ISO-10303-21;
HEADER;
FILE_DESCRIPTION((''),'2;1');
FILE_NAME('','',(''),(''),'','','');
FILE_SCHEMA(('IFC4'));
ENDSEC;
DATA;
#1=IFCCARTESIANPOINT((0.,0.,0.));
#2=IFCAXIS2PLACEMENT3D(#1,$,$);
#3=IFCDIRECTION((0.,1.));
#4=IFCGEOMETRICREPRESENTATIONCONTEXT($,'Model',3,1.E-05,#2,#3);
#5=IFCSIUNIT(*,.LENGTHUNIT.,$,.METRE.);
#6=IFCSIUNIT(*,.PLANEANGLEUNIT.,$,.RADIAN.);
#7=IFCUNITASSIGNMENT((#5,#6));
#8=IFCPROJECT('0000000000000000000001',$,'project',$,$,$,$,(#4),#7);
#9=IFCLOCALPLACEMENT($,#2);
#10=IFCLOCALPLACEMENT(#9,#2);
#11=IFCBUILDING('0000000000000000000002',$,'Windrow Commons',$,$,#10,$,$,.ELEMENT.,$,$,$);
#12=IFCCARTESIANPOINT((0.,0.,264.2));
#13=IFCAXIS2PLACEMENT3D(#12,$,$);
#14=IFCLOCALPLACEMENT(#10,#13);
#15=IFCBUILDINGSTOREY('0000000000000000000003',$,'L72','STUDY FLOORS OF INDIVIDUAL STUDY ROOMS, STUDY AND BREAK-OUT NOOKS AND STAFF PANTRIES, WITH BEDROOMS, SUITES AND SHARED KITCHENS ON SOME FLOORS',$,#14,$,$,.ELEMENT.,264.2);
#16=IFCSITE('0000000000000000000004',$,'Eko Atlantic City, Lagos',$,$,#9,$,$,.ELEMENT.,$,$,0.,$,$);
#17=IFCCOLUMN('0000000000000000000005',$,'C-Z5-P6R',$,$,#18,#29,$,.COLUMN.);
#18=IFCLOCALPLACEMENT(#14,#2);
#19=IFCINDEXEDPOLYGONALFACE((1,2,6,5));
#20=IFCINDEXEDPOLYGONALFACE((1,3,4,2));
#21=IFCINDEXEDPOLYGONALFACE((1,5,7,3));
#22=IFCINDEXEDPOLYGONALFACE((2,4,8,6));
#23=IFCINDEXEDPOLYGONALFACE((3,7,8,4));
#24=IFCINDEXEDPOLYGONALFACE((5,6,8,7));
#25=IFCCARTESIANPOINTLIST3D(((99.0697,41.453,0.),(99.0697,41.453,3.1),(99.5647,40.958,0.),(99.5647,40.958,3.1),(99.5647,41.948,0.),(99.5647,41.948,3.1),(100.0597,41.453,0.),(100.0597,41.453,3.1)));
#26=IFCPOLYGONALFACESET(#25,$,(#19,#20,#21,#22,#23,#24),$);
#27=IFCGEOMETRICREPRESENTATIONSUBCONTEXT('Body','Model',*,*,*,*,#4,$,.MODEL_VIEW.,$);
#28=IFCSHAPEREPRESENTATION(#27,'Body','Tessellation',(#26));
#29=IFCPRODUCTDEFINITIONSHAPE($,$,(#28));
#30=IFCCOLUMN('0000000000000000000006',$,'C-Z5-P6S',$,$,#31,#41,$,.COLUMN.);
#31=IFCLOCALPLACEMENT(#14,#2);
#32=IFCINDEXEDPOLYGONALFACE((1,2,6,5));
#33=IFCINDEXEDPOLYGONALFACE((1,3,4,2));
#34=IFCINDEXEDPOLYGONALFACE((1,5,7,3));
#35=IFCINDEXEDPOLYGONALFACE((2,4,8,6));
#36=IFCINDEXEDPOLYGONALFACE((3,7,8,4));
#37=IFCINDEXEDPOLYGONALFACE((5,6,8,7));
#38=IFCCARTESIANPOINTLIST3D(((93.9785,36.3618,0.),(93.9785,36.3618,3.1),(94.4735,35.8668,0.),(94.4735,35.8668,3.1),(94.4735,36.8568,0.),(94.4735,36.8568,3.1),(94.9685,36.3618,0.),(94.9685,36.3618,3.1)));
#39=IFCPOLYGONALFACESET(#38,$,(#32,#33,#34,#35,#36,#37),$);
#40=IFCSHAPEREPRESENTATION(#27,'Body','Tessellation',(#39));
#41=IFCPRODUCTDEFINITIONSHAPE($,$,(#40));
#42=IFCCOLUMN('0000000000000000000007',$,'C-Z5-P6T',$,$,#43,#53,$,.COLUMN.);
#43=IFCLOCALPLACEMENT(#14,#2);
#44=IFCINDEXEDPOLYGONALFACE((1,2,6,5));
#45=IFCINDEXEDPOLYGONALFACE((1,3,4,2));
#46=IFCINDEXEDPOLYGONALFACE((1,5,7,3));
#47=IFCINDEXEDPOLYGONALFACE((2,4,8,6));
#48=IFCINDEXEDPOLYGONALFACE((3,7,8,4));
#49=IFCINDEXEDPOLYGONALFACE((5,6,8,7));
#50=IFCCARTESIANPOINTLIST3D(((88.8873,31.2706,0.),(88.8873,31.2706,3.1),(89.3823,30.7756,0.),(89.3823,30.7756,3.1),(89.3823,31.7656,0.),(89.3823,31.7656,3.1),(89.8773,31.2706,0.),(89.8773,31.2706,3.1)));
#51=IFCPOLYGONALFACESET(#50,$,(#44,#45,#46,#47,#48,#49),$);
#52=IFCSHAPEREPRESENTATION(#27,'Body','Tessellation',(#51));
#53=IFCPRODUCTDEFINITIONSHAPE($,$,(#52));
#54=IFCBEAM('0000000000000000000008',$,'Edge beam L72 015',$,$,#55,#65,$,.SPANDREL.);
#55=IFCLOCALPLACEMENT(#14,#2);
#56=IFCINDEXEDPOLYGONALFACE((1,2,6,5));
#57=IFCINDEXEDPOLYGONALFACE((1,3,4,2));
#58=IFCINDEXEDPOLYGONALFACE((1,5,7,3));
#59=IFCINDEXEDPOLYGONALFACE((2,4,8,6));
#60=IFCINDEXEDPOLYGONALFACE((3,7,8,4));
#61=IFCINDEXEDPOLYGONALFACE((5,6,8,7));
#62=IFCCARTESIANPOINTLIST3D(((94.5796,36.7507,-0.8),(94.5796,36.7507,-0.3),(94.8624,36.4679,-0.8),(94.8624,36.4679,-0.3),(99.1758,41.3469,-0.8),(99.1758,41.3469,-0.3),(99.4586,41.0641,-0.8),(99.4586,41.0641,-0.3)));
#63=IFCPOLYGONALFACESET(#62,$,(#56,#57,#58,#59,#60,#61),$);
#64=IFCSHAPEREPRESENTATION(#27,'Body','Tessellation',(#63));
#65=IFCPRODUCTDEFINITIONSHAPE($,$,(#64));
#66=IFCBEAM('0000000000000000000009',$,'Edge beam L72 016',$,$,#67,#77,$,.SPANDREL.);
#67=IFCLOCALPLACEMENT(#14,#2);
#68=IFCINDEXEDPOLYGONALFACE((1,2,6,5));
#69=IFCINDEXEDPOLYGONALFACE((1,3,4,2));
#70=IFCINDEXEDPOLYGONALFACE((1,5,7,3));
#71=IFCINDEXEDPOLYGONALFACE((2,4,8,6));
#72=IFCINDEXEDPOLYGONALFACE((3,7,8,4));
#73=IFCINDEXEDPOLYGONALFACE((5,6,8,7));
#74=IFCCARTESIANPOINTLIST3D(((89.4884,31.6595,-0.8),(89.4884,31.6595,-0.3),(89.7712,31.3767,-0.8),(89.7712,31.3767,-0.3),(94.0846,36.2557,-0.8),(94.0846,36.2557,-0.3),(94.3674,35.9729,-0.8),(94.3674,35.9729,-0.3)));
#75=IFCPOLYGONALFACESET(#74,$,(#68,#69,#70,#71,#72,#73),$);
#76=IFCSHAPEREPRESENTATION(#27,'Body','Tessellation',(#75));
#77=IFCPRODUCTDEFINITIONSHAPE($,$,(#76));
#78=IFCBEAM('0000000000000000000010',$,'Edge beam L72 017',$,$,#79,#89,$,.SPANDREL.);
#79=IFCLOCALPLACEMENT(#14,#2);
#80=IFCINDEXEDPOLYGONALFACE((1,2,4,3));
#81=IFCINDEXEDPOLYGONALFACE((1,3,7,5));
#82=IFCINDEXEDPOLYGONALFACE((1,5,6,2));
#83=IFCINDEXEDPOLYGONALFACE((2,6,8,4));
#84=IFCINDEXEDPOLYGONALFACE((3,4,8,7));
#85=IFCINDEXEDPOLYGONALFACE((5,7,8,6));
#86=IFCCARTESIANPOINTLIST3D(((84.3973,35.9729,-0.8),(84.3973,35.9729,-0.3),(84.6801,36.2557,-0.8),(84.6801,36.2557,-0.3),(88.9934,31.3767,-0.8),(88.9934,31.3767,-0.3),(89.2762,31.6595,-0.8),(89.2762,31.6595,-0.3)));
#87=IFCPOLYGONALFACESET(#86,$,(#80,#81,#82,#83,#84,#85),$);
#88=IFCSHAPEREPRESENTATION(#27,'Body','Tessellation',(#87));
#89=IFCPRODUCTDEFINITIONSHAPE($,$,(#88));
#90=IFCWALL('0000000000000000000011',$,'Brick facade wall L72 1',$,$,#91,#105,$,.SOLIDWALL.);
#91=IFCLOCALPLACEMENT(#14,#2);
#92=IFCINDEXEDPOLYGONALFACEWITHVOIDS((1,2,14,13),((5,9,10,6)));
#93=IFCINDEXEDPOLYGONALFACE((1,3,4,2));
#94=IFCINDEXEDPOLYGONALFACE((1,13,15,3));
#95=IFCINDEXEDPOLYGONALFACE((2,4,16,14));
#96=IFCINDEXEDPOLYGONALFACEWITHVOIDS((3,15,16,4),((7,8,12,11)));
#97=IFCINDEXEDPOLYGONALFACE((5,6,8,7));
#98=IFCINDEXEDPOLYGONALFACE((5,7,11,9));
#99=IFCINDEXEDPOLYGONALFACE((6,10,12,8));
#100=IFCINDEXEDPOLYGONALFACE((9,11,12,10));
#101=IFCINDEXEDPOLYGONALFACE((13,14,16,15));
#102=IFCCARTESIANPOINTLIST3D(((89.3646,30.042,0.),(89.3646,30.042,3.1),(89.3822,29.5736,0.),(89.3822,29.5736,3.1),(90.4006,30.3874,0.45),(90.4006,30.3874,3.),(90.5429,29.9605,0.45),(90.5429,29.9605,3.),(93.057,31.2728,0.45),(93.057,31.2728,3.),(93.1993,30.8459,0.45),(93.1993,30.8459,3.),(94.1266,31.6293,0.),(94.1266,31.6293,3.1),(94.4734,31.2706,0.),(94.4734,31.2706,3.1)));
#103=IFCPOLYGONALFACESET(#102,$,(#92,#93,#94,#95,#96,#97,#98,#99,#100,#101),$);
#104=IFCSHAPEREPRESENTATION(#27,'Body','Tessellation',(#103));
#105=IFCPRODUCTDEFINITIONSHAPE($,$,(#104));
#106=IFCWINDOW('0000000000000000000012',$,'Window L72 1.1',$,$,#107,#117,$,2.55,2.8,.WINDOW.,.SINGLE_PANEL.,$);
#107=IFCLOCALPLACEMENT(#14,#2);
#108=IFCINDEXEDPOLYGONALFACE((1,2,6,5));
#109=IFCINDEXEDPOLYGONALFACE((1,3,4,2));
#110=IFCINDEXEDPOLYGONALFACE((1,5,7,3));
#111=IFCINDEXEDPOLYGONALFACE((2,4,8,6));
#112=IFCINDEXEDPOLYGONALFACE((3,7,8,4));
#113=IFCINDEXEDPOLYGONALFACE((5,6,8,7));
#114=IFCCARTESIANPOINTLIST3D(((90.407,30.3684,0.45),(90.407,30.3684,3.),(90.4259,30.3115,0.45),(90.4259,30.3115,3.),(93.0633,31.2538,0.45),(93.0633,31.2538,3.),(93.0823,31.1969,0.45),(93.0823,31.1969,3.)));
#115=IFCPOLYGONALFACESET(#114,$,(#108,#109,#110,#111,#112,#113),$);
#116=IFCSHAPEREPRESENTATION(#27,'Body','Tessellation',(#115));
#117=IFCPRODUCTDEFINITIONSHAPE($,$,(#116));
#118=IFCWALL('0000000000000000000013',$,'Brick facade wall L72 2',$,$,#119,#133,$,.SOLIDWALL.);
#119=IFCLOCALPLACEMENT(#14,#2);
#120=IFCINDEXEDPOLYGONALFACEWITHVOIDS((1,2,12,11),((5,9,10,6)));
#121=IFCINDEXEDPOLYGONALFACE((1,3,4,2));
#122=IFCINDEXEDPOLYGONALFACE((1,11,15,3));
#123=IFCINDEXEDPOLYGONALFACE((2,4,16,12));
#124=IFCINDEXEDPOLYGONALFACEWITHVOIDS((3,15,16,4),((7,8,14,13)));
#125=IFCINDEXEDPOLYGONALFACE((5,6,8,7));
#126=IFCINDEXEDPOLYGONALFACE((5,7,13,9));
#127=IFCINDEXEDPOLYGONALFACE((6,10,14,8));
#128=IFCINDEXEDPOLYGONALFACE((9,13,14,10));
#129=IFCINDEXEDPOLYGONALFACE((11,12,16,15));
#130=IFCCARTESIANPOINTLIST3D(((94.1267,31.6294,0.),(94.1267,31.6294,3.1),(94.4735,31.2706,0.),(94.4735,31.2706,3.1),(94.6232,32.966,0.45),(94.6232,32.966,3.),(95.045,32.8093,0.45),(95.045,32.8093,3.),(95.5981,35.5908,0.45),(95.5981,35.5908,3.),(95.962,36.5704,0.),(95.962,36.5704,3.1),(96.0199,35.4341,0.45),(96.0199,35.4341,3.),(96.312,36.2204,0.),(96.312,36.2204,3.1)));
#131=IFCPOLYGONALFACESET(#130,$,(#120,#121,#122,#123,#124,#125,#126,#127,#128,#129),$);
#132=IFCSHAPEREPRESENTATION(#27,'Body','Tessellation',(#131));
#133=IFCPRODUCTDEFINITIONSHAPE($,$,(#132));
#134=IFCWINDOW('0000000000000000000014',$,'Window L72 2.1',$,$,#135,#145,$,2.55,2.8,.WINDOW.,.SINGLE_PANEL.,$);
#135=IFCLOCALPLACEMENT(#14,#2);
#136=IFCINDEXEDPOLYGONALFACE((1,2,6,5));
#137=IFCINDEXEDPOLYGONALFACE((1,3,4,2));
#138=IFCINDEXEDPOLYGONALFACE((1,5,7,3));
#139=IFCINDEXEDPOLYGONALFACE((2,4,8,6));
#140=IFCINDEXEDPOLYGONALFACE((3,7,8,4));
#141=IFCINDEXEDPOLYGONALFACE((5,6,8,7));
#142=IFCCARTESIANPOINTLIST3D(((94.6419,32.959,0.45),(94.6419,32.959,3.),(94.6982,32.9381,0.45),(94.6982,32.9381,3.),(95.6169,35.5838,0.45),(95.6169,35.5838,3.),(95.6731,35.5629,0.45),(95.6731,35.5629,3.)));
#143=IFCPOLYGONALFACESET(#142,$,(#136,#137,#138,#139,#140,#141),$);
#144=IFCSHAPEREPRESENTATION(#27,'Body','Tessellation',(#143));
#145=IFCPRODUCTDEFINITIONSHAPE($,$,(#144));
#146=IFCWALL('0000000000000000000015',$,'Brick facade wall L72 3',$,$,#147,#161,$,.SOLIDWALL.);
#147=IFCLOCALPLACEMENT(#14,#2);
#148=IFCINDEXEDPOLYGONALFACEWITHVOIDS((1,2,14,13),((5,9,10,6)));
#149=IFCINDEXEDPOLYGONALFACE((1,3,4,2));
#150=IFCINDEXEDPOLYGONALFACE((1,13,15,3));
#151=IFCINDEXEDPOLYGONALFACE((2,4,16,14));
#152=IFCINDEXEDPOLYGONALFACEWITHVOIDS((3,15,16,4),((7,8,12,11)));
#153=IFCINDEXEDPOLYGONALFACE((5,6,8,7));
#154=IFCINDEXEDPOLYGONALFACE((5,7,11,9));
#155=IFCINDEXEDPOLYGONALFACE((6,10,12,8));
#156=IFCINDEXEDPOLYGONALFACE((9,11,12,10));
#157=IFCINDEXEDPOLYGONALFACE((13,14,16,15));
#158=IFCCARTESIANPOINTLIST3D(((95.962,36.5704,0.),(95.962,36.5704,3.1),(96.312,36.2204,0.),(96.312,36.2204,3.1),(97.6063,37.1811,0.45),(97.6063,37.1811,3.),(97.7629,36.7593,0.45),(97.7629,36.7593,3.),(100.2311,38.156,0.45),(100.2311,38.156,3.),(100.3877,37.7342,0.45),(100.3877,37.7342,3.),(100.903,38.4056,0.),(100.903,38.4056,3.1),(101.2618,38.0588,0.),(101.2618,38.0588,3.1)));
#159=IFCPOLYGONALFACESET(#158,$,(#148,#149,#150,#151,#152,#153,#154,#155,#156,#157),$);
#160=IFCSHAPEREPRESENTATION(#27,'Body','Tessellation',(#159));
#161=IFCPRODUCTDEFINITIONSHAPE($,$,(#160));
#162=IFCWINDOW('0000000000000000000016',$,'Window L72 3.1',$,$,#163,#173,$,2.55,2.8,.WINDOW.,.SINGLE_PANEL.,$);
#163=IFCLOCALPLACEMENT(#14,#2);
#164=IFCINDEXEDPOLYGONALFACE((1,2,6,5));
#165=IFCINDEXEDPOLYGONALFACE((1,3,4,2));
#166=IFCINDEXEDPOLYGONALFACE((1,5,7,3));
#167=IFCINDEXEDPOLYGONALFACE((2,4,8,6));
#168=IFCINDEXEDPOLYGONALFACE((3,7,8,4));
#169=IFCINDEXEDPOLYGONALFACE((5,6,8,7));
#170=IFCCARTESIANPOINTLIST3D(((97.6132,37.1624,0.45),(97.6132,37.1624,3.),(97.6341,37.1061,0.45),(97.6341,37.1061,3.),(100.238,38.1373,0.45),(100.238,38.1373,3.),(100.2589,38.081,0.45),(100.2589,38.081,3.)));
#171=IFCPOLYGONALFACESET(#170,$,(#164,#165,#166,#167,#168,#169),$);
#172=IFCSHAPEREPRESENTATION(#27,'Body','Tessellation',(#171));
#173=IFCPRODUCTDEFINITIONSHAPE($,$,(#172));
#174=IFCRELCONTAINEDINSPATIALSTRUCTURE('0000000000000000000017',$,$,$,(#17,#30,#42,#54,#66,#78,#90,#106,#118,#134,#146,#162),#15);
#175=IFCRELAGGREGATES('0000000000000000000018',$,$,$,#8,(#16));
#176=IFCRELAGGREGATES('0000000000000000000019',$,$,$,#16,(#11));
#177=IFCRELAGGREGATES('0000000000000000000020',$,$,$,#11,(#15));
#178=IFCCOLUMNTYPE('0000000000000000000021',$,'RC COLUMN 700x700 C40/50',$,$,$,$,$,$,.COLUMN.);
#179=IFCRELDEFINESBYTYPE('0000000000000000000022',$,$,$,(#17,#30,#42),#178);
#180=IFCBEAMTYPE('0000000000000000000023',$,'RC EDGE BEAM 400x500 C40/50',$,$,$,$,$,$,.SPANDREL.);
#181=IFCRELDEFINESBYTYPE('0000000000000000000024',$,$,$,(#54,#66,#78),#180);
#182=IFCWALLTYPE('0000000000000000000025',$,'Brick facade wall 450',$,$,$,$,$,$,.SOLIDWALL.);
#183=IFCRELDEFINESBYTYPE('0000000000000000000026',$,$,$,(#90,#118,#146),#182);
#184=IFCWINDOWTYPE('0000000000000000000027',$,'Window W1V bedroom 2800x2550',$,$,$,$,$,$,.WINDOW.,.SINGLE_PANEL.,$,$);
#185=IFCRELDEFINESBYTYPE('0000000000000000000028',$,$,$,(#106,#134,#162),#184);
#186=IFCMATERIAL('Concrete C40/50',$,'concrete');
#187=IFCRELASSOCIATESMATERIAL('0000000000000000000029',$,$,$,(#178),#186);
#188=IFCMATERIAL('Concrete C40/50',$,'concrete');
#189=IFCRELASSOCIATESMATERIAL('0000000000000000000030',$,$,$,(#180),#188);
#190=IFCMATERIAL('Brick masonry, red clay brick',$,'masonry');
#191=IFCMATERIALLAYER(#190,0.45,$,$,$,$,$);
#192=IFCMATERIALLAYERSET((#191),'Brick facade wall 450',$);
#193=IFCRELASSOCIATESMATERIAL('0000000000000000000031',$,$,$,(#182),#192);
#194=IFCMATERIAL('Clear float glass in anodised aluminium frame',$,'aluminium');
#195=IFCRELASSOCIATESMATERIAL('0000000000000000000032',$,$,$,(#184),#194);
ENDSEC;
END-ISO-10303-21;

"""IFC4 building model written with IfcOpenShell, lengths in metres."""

from ifc_helpers import new_model, si_unit, direction, frame, frame_2d, origin, origin_2d, place, context, subcontext, project, spatial, polyline, rectangle, outline, extrude, material, layer, layer_set, material_profile, profile_set, type_object, element, fill, save


model = new_model("IFC4")

# Units and contexts
model_context = context("Model", 3, precision=1e-05, world=origin(), true_north=direction((0.0, 1.0)))
body_context = subcontext(model_context, "Body", "Model", "MODEL_VIEW")
ifc_project = project(units=[si_unit("LENGTHUNIT", "METRE"), si_unit("PLANEANGLEUNIT", "RADIAN")], contexts=[model_context])

# Site, building, storey
site_placement = place(None, origin())
site = spatial("IfcSite", under=ifc_project, at=site_placement, Name="Eko Atlantic City, Lagos", CompositionType="ELEMENT", RefElevation=0.0)
building_placement = place(site_placement, origin())
building = spatial("IfcBuilding", under=site, at=building_placement, Name="Windrow Commons", CompositionType="ELEMENT")
storey_placement = place(building_placement, frame((0.0, 0.0, 264.2)))
storey = spatial("IfcBuildingStorey", under=building, at=storey_placement, Name="L72", Description="STUDY FLOORS OF INDIVIDUAL STUDY ROOMS, STUDY AND BREAK-OUT NOOKS AND STAFF PANTRIES, WITH BEDROOMS, SUITES AND SHARED KITCHENS ON SOME FLOORS", CompositionType="ELEMENT", Elevation=264.2)

# Columns
ifc_material_1 = material(Name="Concrete C40/50", Category="concrete")
ifc_material_profile_1 = material_profile(ifc_material_1, rectangle(XDim=0.7, YDim=0.7, at=origin_2d()))
ifc_profile_set_1 = profile_set([ifc_material_profile_1], Name="Concrete C40/50")
column_type = type_object("IfcColumnType", Name="RC COLUMN 700x700 C40/50", PredefinedType="COLUMN", material=ifc_profile_set_1)
for number, where, z_axis, x_axis, name in (
    (1, (99.5647, 41.453, 0.0), (0.0, 0.0, 1.0), (0.707107, -0.707107, 0.0), "C-Z5-P6R"),
    (2, (94.4735, 36.3618, 0.0), (0.0, 0.0, 1.0), (0.707107, -0.707107, 0.0), "C-Z5-P6S"),
    (3, (89.3823, 31.2706, 0.0), (0.0, 0.0, 1.0), (0.707107, -0.707107, 0.0), "C-Z5-P6T"),
):
    element("IfcColumn", number, at=place(storey_placement, frame(where, z_axis=z_axis, x_axis=x_axis)), inside=storey, type_object=column_type, Name=name, PredefinedType="COLUMN", context=body_context, shape_type="SweptSolid", body=[
        extrude(rectangle(XDim=0.7, YDim=0.7, at=origin_2d()), origin(), (0.0, 0.0, 1.0), 3.1),
    ])

# Beams
ifc_material_2 = material(Name="Concrete C40/50", Category="concrete")
ifc_material_profile_2 = material_profile(ifc_material_2, rectangle(XDim=0.4, YDim=0.5, at=origin_2d()))
ifc_profile_set_2 = profile_set([ifc_material_profile_2], Name="Concrete C40/50")
beam_type = type_object("IfcBeamType", Name="RC EDGE BEAM 400x500 C40/50", PredefinedType="SPANDREL", material=ifc_profile_set_2)
for number, where, z_axis, x_axis, name in (
    (4, (99.3172, 41.2055, -0.55), (-0.707107, -0.707107, 0.0), (0.707107, -0.707107, 0.0), "Edge beam L72 015"),
    (5, (94.226, 36.1143, -0.55), (-0.707107, -0.707107, 0.0), (0.707107, -0.707107, 0.0), "Edge beam L72 016"),
):
    element("IfcBeam", number, at=place(storey_placement, frame(where, z_axis=z_axis, x_axis=x_axis)), inside=storey, type_object=beam_type, Name=name, PredefinedType="SPANDREL", context=body_context, shape_type="SweptSolid", body=[
        extrude(rectangle(XDim=0.4, YDim=0.5, at=origin_2d()), origin(), (0.0, 0.0, 1.0), 6.5),
    ])
beam_placement = place(storey_placement, frame((89.1348, 31.5181, -0.55), z_axis=(-0.707099, 0.707114, 0.0), x_axis=(-0.707114, -0.707099, 0.0)))
element("IfcBeam", 6, at=beam_placement, inside=storey, type_object=beam_type, Name="Edge beam L72 017", PredefinedType="SPANDREL", context=body_context, shape_type="SweptSolid", body=[
    extrude(rectangle(XDim=0.4, YDim=0.5, at=origin_2d()), origin(), (0.0, 0.0, 1.0), 6.4999),
])

# Walls, openings, windows
ifc_material_3 = material(Name="Brick masonry, red clay brick", Category="masonry")
ifc_layer_1 = layer(ifc_material_3, 0.45)
ifc_layer_set_1 = layer_set([ifc_layer_1], Name="Brick facade wall 450")
wall_type_1 = type_object("IfcWallType", Name="Brick facade wall 450", PredefinedType="SOLIDWALL", material=ifc_layer_set_1)
wall_1_placement = place(storey_placement, frame((89.3734, 29.8078, 0.0), z_axis=(0.0, 0.0, 1.0), x_axis=(0.948685, 0.316222, 0.0)))
wall_1 = element("IfcWall", 7, at=wall_1_placement, inside=storey, type_object=wall_type_1, Name="Brick facade wall L72 1", PredefinedType="SOLIDWALL", context=body_context, shape_type="SweptSolid", body=[
    extrude(outline(polyline([(-0.0657, -0.225), (5.3009, -0.225), (5.0853, 0.225), (0.0657, 0.225), (-0.0657, -0.225)])), origin(), (0.0, 0.0, 1.0), 3.1),
])
opening_1_placement = place(wall_1_placement, frame((1.1578, 0.0, 0.45)))
opening_1 = element("IfcOpeningElement", 8, at=opening_1_placement, cuts=wall_1, PredefinedType="OPENING", context=body_context, shape_type="SweptSolid", body=[
    extrude(rectangle(XDim=2.8, YDim=2.55, at=frame_2d((1.4, 1.275))), frame((0.0, 0.235, 0.0), z_axis=(0.0, -1.0, 0.0), x_axis=(1.0, 0.0, 0.0)), (0.0, 0.0, 1.0), 0.47),
])
ifc_material_4 = material(Name="Clear float glass in anodised aluminium frame", Category="aluminium")
window_type = type_object("IfcWindowType", Name="Window W1V bedroom 2800x2550", PartitioningType="SINGLE_PANEL", PredefinedType="WINDOW", material=ifc_material_4)
window_1_placement = place(opening_1_placement, origin())
window_1 = element("IfcWindow", 9, at=window_1_placement, inside=storey, type_object=window_type, Name="Window L72 1.1", OverallHeight=2.55, OverallWidth=2.8, PartitioningType="SINGLE_PANEL", PredefinedType="WINDOW", context=body_context, shape_type="SweptSolid", body=[
    extrude(rectangle(XDim=2.8, YDim=2.55, at=frame_2d((1.4, 1.275))), frame((0.0, 0.205, 0.0), z_axis=(0.0, -1.0, 0.0), x_axis=(1.0, 0.0, 0.0)), (0.0, 0.0, 1.0), 0.06),
])
fill(opening_1, window_1)
wall_2_placement = place(storey_placement, frame((94.3001, 31.45, 0.0), z_axis=(0.0, 0.0, 1.0), x_axis=(0.348193, 0.937423, 0.0)))
wall_2 = element("IfcWall", 10, at=wall_2_placement, inside=storey, type_object=wall_type_1, Name="Brick facade wall L72 2", PredefinedType="SOLIDWALL", context=body_context, shape_type="SweptSolid", body=[
    extrude(outline(polyline([(-0.1078, -0.225), (5.1724, -0.225), (5.3786, 0.225), (0.1078, 0.225), (-0.1078, -0.225)])), origin(), (0.0, 0.0, 1.0), 3.1),
])
opening_2_placement = place(wall_2_placement, frame((1.5336, 0.0, 0.45)))
opening_2 = element("IfcOpeningElement", 11, at=opening_2_placement, cuts=wall_2, PredefinedType="OPENING", context=body_context, shape_type="SweptSolid", body=[
    extrude(rectangle(XDim=2.8, YDim=2.55, at=frame_2d((1.4, 1.275))), frame((0.0, 0.235, 0.0), z_axis=(0.0, -1.0, 0.0), x_axis=(1.0, 0.0, 0.0)), (0.0, 0.0, 1.0), 0.47),
])
window_2_placement = place(opening_2_placement, origin())
window_2 = element("IfcWindow", 12, at=window_2_placement, inside=storey, type_object=window_type, Name="Window L72 2.1", OverallHeight=2.55, OverallWidth=2.8, PartitioningType="SINGLE_PANEL", PredefinedType="WINDOW", context=body_context, shape_type="SweptSolid", body=[
    extrude(rectangle(XDim=2.8, YDim=2.55, at=frame_2d((1.4, 1.275))), frame((0.0, 0.205, 0.0), z_axis=(0.0, -1.0, 0.0), x_axis=(1.0, 0.0, 0.0)), (0.0, 0.0, 1.0), 0.06),
])
fill(opening_2, window_2)
wall_3_placement = place(storey_placement, frame((96.137, 36.3954, 0.0), z_axis=(0.0, 0.0, 1.0), x_axis=(0.937429, 0.348176, 0.0)))
wall_3 = element("IfcWall", 13, at=wall_3_placement, inside=storey, type_object=wall_type_1, Name="Brick facade wall L72 3", PredefinedType="SOLIDWALL", context=body_context, shape_type="SweptSolid", body=[
    extrude(outline(polyline([(0.1031, -0.225), (5.3833, -0.225), (5.1677, 0.225), (-0.1031, 0.225), (0.1031, -0.225)])), origin(), (0.0, 0.0, 1.0), 3.1),
])
opening_3_placement = place(wall_3_placement, frame((1.6509, 0.0, 0.45)))
opening_3 = element("IfcOpeningElement", 14, at=opening_3_placement, cuts=wall_3, PredefinedType="OPENING", context=body_context, shape_type="SweptSolid", body=[
    extrude(rectangle(XDim=2.8, YDim=2.55, at=frame_2d((1.4, 1.275))), frame((0.0, 0.235, 0.0), z_axis=(0.0, -1.0, 0.0), x_axis=(1.0, 0.0, 0.0)), (0.0, 0.0, 1.0), 0.47),
])
window_3_placement = place(opening_3_placement, origin())
window_3 = element("IfcWindow", 15, at=window_3_placement, inside=storey, type_object=window_type, Name="Window L72 3.1", OverallHeight=2.55, OverallWidth=2.8, PartitioningType="SINGLE_PANEL", PredefinedType="WINDOW", context=body_context, shape_type="SweptSolid", body=[
    extrude(rectangle(XDim=2.8, YDim=2.55, at=frame_2d((1.4, 1.275))), frame((0.0, 0.205, 0.0), z_axis=(0.0, -1.0, 0.0), x_axis=(1.0, 0.0, 0.0)), (0.0, 0.0, 1.0), 0.06),
])
fill(opening_3, window_3)

save(model, "model.ifc")
